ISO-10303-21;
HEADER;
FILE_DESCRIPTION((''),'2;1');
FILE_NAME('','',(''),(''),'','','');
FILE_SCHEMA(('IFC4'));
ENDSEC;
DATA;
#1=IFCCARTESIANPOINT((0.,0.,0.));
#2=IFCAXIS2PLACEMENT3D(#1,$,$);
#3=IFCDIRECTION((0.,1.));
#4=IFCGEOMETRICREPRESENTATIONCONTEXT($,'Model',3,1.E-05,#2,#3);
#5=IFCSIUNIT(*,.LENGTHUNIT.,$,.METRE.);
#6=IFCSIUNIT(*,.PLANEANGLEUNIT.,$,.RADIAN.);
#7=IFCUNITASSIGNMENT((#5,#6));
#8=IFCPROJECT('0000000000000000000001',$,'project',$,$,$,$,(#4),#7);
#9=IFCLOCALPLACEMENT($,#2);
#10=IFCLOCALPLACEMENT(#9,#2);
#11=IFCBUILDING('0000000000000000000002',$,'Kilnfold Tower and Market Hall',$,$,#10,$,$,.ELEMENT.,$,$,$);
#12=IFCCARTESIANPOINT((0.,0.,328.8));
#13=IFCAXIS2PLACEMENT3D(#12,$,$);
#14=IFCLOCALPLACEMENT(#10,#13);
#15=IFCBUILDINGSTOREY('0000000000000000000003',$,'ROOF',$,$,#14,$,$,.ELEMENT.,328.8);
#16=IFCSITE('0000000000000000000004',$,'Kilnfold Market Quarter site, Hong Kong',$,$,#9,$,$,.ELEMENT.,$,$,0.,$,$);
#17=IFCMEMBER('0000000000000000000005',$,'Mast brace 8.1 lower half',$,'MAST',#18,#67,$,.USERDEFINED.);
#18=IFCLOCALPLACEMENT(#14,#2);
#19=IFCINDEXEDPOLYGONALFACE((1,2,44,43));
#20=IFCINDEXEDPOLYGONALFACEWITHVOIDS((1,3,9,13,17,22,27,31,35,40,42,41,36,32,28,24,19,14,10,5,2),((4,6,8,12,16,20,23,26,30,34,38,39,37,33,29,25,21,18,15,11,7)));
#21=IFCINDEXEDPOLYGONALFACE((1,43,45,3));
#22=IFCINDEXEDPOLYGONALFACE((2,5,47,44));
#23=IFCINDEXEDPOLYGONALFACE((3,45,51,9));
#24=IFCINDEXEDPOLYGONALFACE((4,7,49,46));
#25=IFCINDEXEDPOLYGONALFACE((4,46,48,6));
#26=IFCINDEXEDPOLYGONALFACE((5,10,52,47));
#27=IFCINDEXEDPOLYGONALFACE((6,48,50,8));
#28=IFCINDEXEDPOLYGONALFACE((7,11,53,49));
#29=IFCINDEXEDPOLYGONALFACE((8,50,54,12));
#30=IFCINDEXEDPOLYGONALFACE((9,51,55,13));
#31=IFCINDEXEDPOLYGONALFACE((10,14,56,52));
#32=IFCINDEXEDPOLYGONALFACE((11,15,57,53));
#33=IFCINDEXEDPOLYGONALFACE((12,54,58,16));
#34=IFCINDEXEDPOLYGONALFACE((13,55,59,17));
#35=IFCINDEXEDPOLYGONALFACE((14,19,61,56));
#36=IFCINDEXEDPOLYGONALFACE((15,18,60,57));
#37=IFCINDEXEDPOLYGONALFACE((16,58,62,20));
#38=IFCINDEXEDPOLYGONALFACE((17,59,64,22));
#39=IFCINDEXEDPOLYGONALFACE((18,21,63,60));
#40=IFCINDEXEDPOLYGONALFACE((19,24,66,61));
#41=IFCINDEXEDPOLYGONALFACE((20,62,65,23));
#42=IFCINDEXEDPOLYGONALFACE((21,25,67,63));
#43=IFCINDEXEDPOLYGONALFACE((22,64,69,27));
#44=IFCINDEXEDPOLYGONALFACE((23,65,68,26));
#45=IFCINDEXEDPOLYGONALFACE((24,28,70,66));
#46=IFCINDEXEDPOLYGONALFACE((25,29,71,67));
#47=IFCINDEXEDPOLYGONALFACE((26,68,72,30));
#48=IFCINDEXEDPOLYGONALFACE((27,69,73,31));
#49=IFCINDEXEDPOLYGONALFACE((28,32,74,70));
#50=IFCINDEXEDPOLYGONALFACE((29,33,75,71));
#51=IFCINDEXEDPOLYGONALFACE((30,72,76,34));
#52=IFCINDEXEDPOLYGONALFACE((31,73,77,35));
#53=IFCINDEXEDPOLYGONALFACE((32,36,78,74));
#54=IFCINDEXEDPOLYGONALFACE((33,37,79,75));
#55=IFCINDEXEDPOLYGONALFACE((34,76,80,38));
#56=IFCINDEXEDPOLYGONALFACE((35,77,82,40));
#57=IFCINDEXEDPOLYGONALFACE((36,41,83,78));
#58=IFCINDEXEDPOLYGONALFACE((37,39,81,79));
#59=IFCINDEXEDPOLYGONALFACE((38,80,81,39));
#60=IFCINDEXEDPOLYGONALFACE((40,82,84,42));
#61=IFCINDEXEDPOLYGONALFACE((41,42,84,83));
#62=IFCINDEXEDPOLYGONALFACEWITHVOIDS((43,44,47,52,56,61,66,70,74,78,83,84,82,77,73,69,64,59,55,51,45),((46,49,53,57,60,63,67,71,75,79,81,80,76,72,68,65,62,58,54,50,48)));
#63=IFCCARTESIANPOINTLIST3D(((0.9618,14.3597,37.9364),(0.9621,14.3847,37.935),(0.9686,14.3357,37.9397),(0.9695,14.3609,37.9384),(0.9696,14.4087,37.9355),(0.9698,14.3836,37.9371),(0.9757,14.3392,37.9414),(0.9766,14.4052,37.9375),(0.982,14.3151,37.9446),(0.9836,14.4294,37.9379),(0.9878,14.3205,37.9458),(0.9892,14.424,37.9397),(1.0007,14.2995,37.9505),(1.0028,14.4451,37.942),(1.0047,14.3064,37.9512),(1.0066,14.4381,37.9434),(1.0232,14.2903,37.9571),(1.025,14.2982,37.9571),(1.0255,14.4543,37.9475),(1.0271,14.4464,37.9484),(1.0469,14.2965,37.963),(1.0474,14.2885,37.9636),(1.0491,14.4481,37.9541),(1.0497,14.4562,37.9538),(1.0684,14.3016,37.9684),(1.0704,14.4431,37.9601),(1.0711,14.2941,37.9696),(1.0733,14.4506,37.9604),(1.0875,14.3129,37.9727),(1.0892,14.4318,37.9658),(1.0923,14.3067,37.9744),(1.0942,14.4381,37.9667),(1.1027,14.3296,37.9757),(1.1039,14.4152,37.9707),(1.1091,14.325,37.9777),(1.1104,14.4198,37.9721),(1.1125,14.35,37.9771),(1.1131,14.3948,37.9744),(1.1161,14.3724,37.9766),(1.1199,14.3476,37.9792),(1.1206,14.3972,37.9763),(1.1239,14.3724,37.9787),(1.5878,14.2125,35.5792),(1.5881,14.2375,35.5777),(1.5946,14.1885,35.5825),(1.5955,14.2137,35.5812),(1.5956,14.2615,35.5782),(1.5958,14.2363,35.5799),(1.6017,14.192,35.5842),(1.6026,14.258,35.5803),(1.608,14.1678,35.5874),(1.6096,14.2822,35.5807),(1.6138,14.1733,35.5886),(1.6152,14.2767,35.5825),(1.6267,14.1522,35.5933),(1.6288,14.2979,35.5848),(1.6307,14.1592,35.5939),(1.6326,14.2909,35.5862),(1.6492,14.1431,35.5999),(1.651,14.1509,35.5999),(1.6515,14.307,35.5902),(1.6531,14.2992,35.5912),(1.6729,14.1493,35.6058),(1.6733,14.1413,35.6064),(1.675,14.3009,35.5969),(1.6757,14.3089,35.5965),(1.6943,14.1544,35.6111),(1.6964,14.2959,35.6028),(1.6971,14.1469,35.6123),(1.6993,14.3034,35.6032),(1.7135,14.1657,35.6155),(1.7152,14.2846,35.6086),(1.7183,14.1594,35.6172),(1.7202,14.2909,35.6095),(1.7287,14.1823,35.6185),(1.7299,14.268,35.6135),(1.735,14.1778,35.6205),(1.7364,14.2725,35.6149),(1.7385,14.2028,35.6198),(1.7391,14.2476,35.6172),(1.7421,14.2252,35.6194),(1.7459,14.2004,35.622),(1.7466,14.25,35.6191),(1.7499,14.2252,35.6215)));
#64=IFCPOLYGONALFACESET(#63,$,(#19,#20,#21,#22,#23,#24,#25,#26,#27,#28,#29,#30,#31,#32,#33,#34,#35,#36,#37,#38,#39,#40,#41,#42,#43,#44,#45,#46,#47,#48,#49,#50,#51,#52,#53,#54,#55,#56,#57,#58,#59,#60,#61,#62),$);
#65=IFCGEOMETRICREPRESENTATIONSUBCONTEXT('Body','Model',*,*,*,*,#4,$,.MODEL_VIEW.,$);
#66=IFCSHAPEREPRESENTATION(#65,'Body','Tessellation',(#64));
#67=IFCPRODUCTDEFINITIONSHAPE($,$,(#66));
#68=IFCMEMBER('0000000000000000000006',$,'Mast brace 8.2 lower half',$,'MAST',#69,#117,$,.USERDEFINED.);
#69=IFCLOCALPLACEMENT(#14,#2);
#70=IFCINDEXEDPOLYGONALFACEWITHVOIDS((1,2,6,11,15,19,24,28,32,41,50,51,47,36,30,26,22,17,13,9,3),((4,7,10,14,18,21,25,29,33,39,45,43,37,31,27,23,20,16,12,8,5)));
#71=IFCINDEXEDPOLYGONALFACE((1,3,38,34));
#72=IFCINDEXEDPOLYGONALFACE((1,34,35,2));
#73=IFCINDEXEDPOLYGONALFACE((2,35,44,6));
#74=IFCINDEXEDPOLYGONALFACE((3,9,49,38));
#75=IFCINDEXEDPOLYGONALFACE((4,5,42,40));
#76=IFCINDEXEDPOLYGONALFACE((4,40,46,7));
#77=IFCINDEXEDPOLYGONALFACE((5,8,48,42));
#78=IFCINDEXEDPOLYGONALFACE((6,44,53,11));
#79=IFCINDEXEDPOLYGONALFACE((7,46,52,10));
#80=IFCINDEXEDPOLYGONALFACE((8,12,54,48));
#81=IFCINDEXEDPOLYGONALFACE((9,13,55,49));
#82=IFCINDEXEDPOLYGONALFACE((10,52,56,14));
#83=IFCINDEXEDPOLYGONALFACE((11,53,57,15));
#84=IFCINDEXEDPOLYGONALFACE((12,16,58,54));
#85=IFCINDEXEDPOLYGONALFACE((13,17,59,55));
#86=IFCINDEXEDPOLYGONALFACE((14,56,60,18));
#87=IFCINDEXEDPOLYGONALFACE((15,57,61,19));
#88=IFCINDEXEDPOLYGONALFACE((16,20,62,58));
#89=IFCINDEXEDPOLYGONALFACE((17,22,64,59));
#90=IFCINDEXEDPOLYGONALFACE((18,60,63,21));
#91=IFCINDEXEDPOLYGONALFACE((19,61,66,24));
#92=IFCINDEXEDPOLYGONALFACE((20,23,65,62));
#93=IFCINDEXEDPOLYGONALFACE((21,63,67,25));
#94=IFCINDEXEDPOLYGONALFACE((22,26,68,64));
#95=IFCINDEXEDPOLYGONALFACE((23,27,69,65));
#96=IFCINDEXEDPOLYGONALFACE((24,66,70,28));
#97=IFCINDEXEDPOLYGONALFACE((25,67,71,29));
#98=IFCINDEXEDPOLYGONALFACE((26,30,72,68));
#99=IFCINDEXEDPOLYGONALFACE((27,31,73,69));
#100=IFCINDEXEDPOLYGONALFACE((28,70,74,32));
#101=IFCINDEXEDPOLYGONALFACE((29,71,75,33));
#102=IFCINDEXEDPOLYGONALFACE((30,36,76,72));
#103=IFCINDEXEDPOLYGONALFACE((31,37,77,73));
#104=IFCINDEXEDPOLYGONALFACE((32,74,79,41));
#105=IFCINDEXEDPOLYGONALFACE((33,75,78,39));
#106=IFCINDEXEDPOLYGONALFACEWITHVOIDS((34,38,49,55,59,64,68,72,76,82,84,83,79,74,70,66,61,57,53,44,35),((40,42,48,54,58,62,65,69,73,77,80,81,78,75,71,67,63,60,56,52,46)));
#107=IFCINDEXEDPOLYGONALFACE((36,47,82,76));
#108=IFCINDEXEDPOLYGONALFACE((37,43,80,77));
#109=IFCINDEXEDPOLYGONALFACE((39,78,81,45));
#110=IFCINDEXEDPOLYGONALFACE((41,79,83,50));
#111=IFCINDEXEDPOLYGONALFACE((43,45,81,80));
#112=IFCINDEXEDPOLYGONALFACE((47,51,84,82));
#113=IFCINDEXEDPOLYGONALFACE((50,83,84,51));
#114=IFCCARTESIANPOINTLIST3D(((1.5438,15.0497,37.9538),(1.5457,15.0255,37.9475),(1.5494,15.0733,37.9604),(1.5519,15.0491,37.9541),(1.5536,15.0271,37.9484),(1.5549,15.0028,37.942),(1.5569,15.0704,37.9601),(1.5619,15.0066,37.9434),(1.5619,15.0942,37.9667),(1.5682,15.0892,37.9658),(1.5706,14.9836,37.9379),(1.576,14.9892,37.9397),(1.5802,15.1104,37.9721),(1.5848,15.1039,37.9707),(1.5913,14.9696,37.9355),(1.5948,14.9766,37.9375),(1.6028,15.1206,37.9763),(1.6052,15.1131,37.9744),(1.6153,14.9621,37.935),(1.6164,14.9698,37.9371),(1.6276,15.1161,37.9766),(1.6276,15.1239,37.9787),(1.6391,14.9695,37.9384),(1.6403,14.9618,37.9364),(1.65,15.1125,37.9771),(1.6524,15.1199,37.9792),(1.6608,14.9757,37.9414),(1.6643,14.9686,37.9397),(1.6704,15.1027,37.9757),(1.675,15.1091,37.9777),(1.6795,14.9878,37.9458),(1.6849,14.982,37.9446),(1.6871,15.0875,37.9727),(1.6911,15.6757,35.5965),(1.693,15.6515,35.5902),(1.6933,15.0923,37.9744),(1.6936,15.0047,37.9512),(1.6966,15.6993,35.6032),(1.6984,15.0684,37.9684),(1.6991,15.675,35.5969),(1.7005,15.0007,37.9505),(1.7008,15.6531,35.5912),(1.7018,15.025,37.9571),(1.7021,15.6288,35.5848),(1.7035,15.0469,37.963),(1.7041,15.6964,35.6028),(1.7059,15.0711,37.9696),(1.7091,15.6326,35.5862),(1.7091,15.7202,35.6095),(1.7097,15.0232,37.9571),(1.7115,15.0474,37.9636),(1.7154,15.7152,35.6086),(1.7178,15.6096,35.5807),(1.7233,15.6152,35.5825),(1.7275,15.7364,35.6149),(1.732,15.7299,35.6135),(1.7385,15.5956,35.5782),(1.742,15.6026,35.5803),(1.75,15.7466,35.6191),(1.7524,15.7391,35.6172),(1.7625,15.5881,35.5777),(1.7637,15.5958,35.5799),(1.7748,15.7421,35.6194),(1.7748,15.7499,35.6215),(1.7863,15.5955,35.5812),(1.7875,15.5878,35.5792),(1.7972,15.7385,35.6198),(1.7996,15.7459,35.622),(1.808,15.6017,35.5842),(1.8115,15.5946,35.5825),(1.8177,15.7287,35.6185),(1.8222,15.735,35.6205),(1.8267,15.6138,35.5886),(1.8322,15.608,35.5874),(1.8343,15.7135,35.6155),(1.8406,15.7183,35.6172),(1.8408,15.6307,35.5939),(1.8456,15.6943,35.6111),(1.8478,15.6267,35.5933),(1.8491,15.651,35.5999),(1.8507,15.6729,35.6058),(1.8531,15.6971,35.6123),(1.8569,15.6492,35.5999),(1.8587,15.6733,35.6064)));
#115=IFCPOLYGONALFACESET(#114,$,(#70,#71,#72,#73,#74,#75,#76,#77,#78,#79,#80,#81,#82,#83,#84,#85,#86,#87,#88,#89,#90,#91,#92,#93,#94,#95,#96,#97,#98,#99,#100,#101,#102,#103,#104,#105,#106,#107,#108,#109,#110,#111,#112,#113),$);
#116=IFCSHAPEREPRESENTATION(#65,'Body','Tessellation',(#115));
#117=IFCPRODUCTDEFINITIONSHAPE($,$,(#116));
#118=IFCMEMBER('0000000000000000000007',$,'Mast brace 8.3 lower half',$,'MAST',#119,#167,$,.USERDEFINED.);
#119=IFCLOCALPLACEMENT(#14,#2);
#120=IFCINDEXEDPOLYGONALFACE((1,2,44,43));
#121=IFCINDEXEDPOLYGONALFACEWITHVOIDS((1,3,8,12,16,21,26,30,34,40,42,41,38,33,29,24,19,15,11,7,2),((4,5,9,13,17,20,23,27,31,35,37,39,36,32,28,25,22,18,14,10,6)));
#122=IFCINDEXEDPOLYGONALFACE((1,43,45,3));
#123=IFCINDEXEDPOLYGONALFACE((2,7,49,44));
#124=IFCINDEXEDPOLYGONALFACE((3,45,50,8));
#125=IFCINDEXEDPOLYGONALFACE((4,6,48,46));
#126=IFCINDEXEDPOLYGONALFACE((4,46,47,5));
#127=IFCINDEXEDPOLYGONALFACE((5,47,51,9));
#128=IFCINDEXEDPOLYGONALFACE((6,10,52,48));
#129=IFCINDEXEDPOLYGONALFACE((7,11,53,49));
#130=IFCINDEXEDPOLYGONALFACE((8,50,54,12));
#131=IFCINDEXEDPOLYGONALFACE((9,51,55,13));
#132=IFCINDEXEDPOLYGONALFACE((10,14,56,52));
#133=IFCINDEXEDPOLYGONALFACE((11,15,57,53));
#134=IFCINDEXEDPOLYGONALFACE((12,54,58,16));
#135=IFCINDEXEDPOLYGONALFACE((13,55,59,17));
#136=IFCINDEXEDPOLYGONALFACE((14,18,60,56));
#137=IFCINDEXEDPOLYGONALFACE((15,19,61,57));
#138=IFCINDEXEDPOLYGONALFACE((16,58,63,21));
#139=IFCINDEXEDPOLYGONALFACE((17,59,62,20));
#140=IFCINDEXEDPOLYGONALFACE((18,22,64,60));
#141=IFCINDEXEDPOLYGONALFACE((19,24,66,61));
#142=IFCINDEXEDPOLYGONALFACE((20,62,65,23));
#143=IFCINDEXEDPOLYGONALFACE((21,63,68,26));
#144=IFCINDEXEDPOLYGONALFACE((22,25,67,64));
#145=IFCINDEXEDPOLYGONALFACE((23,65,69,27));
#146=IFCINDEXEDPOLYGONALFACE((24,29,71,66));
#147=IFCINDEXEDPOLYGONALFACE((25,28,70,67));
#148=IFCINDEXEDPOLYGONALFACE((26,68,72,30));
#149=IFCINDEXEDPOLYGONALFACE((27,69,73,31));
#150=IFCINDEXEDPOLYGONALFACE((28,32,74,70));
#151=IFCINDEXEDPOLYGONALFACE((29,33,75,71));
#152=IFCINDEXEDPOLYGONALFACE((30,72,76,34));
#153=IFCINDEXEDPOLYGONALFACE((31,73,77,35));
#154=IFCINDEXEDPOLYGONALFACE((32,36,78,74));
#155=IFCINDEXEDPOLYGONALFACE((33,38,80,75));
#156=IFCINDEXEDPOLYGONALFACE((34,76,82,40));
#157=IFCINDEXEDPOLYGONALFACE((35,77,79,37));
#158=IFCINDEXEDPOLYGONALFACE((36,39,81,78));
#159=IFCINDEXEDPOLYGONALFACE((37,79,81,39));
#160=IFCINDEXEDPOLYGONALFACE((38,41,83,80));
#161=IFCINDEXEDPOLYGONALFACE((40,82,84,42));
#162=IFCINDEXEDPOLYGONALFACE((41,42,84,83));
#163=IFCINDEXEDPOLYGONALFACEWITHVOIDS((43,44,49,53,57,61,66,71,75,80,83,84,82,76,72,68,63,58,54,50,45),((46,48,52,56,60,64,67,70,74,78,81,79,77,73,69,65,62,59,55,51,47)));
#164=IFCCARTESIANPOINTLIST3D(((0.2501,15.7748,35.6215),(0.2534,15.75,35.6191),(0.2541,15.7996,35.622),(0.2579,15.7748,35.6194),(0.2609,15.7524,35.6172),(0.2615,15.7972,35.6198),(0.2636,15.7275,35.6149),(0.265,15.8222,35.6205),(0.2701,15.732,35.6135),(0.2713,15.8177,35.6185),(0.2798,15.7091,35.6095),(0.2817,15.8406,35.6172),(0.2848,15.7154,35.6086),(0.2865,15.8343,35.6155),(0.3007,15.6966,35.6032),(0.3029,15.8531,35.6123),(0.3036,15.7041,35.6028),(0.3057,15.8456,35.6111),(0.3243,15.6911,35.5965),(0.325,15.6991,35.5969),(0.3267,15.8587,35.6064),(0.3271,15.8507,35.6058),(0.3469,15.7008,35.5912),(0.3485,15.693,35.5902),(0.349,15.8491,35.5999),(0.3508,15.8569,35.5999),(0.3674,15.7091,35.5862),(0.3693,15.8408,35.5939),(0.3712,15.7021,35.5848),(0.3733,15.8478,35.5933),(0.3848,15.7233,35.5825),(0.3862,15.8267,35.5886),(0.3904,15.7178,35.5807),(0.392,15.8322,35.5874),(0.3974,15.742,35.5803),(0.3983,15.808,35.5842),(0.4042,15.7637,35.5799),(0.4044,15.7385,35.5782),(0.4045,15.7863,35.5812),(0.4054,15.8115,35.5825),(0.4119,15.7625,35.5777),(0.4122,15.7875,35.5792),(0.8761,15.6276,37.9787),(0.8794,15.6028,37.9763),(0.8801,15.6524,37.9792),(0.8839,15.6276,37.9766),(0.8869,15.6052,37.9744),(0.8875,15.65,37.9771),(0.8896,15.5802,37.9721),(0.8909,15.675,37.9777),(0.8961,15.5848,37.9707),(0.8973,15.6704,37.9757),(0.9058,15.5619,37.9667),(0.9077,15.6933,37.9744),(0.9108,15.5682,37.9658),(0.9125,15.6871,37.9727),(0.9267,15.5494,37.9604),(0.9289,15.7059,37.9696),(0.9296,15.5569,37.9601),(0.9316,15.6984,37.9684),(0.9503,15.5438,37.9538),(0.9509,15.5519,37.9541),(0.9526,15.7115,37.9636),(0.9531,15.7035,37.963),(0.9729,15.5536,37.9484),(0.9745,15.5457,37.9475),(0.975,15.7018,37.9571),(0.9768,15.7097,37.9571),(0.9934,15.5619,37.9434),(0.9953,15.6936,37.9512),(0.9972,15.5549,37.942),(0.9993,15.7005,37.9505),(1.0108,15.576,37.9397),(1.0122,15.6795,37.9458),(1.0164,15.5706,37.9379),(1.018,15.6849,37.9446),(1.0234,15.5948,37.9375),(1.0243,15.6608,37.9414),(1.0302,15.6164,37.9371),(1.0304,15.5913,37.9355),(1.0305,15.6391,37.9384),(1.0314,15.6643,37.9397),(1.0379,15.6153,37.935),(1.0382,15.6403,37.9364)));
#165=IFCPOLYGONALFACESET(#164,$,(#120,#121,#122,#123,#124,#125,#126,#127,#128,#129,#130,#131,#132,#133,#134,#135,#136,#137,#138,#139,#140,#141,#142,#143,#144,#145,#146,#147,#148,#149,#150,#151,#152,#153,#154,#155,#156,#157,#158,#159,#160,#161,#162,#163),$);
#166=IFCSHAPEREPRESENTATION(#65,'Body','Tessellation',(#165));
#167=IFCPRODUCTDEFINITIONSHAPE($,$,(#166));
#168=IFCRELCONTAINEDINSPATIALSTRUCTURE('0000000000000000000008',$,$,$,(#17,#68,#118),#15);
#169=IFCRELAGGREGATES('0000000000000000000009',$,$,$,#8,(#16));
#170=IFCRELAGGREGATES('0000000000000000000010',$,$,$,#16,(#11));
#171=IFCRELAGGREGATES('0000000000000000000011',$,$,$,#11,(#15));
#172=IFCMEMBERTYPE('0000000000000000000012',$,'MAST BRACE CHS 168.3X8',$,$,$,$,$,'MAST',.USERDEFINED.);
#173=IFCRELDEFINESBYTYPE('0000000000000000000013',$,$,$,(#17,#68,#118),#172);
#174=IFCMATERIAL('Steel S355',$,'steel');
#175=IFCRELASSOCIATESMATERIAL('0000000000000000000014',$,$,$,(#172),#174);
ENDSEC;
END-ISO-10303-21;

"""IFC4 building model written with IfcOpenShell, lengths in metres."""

from ifc_helpers import new_model, si_unit, direction, frame, origin, origin_2d, place, context, subcontext, project, spatial, hollow_circle, extrude, source, transform, mapped, material, material_profile, profile_set, type_object, element, save


model = new_model("IFC4")

# Units and contexts
model_context = context("Model", 3, precision=1e-05, world=origin(), true_north=direction((0.0, 1.0)))
body_context = subcontext(model_context, "Body", "Model", "MODEL_VIEW")
ifc_project = project(units=[si_unit("LENGTHUNIT", "METRE"), si_unit("PLANEANGLEUNIT", "RADIAN")], contexts=[model_context])

# Site, building, storey
site_placement = place(None, origin())
site = spatial("IfcSite", under=ifc_project, at=site_placement, Name="Kilnfold Market Quarter site, Hong Kong", CompositionType="ELEMENT", RefElevation=0.0)
building_placement = place(site_placement, origin())
building = spatial("IfcBuilding", under=site, at=building_placement, Name="Kilnfold Tower and Market Hall", CompositionType="ELEMENT")
storey_placement = place(building_placement, frame((0.0, 0.0, 328.8)))
storey = spatial("IfcBuildingStorey", under=building, at=storey_placement, Name="ROOF", CompositionType="ELEMENT", Elevation=328.8)

# Members
ifc_material_1 = material(Name="Steel S355", Category="steel")
ifc_material_profile_1 = material_profile(ifc_material_1, hollow_circle(Radius=0.0842, WallThickness=0.0081, at=origin_2d()), Name="CHS 168.3x8")
ifc_profile_set_1 = profile_set([ifc_material_profile_1], Name="Steel S355")
member_type_1 = type_object("IfcMemberType", Name="MAST BRACE CHS 168.3X8", ElementType="MAST", PredefinedType="USERDEFINED", material=ifc_profile_set_1)
shared_shape_1 = source(origin(), body_context, "Body", "SweptSolid", [
    extrude(hollow_circle(Radius=0.0842, WallThickness=0.0081, at=origin_2d()), origin(), (0.0, 0.0, 1.0), 2.4434),
])
for number, where, z_axis, x_axis, name in (
    (1, (1.6685, 14.2251, 35.5999), (-0.256199, 0.060253, 0.964744), (-0.228934, -0.973442, 0.0), "Mast brace 8.1 lower half"),
    (2, (1.7749, 15.6685, 35.5999), (-0.060253, -0.256199, 0.964744), (0.973442, -0.228934, 0.0), "Mast brace 8.2 lower half"),
    (3, (0.3315, 15.7749, 35.5999), (0.256199, -0.060253, 0.964744), (0.228934, 0.973442, 0.0), "Mast brace 8.3 lower half"),
):
    element("IfcMember", number, at=place(storey_placement, frame(where, z_axis=z_axis, x_axis=x_axis)), inside=storey, type_object=member_type_1, Name=name, ObjectType="MAST", PredefinedType="USERDEFINED", context=body_context, shape_type="MappedRepresentation", body=[
        mapped(shared_shape_1, transform((0.0, 0.0, 0.0))),
    ])

save(model, "model.ifc")
